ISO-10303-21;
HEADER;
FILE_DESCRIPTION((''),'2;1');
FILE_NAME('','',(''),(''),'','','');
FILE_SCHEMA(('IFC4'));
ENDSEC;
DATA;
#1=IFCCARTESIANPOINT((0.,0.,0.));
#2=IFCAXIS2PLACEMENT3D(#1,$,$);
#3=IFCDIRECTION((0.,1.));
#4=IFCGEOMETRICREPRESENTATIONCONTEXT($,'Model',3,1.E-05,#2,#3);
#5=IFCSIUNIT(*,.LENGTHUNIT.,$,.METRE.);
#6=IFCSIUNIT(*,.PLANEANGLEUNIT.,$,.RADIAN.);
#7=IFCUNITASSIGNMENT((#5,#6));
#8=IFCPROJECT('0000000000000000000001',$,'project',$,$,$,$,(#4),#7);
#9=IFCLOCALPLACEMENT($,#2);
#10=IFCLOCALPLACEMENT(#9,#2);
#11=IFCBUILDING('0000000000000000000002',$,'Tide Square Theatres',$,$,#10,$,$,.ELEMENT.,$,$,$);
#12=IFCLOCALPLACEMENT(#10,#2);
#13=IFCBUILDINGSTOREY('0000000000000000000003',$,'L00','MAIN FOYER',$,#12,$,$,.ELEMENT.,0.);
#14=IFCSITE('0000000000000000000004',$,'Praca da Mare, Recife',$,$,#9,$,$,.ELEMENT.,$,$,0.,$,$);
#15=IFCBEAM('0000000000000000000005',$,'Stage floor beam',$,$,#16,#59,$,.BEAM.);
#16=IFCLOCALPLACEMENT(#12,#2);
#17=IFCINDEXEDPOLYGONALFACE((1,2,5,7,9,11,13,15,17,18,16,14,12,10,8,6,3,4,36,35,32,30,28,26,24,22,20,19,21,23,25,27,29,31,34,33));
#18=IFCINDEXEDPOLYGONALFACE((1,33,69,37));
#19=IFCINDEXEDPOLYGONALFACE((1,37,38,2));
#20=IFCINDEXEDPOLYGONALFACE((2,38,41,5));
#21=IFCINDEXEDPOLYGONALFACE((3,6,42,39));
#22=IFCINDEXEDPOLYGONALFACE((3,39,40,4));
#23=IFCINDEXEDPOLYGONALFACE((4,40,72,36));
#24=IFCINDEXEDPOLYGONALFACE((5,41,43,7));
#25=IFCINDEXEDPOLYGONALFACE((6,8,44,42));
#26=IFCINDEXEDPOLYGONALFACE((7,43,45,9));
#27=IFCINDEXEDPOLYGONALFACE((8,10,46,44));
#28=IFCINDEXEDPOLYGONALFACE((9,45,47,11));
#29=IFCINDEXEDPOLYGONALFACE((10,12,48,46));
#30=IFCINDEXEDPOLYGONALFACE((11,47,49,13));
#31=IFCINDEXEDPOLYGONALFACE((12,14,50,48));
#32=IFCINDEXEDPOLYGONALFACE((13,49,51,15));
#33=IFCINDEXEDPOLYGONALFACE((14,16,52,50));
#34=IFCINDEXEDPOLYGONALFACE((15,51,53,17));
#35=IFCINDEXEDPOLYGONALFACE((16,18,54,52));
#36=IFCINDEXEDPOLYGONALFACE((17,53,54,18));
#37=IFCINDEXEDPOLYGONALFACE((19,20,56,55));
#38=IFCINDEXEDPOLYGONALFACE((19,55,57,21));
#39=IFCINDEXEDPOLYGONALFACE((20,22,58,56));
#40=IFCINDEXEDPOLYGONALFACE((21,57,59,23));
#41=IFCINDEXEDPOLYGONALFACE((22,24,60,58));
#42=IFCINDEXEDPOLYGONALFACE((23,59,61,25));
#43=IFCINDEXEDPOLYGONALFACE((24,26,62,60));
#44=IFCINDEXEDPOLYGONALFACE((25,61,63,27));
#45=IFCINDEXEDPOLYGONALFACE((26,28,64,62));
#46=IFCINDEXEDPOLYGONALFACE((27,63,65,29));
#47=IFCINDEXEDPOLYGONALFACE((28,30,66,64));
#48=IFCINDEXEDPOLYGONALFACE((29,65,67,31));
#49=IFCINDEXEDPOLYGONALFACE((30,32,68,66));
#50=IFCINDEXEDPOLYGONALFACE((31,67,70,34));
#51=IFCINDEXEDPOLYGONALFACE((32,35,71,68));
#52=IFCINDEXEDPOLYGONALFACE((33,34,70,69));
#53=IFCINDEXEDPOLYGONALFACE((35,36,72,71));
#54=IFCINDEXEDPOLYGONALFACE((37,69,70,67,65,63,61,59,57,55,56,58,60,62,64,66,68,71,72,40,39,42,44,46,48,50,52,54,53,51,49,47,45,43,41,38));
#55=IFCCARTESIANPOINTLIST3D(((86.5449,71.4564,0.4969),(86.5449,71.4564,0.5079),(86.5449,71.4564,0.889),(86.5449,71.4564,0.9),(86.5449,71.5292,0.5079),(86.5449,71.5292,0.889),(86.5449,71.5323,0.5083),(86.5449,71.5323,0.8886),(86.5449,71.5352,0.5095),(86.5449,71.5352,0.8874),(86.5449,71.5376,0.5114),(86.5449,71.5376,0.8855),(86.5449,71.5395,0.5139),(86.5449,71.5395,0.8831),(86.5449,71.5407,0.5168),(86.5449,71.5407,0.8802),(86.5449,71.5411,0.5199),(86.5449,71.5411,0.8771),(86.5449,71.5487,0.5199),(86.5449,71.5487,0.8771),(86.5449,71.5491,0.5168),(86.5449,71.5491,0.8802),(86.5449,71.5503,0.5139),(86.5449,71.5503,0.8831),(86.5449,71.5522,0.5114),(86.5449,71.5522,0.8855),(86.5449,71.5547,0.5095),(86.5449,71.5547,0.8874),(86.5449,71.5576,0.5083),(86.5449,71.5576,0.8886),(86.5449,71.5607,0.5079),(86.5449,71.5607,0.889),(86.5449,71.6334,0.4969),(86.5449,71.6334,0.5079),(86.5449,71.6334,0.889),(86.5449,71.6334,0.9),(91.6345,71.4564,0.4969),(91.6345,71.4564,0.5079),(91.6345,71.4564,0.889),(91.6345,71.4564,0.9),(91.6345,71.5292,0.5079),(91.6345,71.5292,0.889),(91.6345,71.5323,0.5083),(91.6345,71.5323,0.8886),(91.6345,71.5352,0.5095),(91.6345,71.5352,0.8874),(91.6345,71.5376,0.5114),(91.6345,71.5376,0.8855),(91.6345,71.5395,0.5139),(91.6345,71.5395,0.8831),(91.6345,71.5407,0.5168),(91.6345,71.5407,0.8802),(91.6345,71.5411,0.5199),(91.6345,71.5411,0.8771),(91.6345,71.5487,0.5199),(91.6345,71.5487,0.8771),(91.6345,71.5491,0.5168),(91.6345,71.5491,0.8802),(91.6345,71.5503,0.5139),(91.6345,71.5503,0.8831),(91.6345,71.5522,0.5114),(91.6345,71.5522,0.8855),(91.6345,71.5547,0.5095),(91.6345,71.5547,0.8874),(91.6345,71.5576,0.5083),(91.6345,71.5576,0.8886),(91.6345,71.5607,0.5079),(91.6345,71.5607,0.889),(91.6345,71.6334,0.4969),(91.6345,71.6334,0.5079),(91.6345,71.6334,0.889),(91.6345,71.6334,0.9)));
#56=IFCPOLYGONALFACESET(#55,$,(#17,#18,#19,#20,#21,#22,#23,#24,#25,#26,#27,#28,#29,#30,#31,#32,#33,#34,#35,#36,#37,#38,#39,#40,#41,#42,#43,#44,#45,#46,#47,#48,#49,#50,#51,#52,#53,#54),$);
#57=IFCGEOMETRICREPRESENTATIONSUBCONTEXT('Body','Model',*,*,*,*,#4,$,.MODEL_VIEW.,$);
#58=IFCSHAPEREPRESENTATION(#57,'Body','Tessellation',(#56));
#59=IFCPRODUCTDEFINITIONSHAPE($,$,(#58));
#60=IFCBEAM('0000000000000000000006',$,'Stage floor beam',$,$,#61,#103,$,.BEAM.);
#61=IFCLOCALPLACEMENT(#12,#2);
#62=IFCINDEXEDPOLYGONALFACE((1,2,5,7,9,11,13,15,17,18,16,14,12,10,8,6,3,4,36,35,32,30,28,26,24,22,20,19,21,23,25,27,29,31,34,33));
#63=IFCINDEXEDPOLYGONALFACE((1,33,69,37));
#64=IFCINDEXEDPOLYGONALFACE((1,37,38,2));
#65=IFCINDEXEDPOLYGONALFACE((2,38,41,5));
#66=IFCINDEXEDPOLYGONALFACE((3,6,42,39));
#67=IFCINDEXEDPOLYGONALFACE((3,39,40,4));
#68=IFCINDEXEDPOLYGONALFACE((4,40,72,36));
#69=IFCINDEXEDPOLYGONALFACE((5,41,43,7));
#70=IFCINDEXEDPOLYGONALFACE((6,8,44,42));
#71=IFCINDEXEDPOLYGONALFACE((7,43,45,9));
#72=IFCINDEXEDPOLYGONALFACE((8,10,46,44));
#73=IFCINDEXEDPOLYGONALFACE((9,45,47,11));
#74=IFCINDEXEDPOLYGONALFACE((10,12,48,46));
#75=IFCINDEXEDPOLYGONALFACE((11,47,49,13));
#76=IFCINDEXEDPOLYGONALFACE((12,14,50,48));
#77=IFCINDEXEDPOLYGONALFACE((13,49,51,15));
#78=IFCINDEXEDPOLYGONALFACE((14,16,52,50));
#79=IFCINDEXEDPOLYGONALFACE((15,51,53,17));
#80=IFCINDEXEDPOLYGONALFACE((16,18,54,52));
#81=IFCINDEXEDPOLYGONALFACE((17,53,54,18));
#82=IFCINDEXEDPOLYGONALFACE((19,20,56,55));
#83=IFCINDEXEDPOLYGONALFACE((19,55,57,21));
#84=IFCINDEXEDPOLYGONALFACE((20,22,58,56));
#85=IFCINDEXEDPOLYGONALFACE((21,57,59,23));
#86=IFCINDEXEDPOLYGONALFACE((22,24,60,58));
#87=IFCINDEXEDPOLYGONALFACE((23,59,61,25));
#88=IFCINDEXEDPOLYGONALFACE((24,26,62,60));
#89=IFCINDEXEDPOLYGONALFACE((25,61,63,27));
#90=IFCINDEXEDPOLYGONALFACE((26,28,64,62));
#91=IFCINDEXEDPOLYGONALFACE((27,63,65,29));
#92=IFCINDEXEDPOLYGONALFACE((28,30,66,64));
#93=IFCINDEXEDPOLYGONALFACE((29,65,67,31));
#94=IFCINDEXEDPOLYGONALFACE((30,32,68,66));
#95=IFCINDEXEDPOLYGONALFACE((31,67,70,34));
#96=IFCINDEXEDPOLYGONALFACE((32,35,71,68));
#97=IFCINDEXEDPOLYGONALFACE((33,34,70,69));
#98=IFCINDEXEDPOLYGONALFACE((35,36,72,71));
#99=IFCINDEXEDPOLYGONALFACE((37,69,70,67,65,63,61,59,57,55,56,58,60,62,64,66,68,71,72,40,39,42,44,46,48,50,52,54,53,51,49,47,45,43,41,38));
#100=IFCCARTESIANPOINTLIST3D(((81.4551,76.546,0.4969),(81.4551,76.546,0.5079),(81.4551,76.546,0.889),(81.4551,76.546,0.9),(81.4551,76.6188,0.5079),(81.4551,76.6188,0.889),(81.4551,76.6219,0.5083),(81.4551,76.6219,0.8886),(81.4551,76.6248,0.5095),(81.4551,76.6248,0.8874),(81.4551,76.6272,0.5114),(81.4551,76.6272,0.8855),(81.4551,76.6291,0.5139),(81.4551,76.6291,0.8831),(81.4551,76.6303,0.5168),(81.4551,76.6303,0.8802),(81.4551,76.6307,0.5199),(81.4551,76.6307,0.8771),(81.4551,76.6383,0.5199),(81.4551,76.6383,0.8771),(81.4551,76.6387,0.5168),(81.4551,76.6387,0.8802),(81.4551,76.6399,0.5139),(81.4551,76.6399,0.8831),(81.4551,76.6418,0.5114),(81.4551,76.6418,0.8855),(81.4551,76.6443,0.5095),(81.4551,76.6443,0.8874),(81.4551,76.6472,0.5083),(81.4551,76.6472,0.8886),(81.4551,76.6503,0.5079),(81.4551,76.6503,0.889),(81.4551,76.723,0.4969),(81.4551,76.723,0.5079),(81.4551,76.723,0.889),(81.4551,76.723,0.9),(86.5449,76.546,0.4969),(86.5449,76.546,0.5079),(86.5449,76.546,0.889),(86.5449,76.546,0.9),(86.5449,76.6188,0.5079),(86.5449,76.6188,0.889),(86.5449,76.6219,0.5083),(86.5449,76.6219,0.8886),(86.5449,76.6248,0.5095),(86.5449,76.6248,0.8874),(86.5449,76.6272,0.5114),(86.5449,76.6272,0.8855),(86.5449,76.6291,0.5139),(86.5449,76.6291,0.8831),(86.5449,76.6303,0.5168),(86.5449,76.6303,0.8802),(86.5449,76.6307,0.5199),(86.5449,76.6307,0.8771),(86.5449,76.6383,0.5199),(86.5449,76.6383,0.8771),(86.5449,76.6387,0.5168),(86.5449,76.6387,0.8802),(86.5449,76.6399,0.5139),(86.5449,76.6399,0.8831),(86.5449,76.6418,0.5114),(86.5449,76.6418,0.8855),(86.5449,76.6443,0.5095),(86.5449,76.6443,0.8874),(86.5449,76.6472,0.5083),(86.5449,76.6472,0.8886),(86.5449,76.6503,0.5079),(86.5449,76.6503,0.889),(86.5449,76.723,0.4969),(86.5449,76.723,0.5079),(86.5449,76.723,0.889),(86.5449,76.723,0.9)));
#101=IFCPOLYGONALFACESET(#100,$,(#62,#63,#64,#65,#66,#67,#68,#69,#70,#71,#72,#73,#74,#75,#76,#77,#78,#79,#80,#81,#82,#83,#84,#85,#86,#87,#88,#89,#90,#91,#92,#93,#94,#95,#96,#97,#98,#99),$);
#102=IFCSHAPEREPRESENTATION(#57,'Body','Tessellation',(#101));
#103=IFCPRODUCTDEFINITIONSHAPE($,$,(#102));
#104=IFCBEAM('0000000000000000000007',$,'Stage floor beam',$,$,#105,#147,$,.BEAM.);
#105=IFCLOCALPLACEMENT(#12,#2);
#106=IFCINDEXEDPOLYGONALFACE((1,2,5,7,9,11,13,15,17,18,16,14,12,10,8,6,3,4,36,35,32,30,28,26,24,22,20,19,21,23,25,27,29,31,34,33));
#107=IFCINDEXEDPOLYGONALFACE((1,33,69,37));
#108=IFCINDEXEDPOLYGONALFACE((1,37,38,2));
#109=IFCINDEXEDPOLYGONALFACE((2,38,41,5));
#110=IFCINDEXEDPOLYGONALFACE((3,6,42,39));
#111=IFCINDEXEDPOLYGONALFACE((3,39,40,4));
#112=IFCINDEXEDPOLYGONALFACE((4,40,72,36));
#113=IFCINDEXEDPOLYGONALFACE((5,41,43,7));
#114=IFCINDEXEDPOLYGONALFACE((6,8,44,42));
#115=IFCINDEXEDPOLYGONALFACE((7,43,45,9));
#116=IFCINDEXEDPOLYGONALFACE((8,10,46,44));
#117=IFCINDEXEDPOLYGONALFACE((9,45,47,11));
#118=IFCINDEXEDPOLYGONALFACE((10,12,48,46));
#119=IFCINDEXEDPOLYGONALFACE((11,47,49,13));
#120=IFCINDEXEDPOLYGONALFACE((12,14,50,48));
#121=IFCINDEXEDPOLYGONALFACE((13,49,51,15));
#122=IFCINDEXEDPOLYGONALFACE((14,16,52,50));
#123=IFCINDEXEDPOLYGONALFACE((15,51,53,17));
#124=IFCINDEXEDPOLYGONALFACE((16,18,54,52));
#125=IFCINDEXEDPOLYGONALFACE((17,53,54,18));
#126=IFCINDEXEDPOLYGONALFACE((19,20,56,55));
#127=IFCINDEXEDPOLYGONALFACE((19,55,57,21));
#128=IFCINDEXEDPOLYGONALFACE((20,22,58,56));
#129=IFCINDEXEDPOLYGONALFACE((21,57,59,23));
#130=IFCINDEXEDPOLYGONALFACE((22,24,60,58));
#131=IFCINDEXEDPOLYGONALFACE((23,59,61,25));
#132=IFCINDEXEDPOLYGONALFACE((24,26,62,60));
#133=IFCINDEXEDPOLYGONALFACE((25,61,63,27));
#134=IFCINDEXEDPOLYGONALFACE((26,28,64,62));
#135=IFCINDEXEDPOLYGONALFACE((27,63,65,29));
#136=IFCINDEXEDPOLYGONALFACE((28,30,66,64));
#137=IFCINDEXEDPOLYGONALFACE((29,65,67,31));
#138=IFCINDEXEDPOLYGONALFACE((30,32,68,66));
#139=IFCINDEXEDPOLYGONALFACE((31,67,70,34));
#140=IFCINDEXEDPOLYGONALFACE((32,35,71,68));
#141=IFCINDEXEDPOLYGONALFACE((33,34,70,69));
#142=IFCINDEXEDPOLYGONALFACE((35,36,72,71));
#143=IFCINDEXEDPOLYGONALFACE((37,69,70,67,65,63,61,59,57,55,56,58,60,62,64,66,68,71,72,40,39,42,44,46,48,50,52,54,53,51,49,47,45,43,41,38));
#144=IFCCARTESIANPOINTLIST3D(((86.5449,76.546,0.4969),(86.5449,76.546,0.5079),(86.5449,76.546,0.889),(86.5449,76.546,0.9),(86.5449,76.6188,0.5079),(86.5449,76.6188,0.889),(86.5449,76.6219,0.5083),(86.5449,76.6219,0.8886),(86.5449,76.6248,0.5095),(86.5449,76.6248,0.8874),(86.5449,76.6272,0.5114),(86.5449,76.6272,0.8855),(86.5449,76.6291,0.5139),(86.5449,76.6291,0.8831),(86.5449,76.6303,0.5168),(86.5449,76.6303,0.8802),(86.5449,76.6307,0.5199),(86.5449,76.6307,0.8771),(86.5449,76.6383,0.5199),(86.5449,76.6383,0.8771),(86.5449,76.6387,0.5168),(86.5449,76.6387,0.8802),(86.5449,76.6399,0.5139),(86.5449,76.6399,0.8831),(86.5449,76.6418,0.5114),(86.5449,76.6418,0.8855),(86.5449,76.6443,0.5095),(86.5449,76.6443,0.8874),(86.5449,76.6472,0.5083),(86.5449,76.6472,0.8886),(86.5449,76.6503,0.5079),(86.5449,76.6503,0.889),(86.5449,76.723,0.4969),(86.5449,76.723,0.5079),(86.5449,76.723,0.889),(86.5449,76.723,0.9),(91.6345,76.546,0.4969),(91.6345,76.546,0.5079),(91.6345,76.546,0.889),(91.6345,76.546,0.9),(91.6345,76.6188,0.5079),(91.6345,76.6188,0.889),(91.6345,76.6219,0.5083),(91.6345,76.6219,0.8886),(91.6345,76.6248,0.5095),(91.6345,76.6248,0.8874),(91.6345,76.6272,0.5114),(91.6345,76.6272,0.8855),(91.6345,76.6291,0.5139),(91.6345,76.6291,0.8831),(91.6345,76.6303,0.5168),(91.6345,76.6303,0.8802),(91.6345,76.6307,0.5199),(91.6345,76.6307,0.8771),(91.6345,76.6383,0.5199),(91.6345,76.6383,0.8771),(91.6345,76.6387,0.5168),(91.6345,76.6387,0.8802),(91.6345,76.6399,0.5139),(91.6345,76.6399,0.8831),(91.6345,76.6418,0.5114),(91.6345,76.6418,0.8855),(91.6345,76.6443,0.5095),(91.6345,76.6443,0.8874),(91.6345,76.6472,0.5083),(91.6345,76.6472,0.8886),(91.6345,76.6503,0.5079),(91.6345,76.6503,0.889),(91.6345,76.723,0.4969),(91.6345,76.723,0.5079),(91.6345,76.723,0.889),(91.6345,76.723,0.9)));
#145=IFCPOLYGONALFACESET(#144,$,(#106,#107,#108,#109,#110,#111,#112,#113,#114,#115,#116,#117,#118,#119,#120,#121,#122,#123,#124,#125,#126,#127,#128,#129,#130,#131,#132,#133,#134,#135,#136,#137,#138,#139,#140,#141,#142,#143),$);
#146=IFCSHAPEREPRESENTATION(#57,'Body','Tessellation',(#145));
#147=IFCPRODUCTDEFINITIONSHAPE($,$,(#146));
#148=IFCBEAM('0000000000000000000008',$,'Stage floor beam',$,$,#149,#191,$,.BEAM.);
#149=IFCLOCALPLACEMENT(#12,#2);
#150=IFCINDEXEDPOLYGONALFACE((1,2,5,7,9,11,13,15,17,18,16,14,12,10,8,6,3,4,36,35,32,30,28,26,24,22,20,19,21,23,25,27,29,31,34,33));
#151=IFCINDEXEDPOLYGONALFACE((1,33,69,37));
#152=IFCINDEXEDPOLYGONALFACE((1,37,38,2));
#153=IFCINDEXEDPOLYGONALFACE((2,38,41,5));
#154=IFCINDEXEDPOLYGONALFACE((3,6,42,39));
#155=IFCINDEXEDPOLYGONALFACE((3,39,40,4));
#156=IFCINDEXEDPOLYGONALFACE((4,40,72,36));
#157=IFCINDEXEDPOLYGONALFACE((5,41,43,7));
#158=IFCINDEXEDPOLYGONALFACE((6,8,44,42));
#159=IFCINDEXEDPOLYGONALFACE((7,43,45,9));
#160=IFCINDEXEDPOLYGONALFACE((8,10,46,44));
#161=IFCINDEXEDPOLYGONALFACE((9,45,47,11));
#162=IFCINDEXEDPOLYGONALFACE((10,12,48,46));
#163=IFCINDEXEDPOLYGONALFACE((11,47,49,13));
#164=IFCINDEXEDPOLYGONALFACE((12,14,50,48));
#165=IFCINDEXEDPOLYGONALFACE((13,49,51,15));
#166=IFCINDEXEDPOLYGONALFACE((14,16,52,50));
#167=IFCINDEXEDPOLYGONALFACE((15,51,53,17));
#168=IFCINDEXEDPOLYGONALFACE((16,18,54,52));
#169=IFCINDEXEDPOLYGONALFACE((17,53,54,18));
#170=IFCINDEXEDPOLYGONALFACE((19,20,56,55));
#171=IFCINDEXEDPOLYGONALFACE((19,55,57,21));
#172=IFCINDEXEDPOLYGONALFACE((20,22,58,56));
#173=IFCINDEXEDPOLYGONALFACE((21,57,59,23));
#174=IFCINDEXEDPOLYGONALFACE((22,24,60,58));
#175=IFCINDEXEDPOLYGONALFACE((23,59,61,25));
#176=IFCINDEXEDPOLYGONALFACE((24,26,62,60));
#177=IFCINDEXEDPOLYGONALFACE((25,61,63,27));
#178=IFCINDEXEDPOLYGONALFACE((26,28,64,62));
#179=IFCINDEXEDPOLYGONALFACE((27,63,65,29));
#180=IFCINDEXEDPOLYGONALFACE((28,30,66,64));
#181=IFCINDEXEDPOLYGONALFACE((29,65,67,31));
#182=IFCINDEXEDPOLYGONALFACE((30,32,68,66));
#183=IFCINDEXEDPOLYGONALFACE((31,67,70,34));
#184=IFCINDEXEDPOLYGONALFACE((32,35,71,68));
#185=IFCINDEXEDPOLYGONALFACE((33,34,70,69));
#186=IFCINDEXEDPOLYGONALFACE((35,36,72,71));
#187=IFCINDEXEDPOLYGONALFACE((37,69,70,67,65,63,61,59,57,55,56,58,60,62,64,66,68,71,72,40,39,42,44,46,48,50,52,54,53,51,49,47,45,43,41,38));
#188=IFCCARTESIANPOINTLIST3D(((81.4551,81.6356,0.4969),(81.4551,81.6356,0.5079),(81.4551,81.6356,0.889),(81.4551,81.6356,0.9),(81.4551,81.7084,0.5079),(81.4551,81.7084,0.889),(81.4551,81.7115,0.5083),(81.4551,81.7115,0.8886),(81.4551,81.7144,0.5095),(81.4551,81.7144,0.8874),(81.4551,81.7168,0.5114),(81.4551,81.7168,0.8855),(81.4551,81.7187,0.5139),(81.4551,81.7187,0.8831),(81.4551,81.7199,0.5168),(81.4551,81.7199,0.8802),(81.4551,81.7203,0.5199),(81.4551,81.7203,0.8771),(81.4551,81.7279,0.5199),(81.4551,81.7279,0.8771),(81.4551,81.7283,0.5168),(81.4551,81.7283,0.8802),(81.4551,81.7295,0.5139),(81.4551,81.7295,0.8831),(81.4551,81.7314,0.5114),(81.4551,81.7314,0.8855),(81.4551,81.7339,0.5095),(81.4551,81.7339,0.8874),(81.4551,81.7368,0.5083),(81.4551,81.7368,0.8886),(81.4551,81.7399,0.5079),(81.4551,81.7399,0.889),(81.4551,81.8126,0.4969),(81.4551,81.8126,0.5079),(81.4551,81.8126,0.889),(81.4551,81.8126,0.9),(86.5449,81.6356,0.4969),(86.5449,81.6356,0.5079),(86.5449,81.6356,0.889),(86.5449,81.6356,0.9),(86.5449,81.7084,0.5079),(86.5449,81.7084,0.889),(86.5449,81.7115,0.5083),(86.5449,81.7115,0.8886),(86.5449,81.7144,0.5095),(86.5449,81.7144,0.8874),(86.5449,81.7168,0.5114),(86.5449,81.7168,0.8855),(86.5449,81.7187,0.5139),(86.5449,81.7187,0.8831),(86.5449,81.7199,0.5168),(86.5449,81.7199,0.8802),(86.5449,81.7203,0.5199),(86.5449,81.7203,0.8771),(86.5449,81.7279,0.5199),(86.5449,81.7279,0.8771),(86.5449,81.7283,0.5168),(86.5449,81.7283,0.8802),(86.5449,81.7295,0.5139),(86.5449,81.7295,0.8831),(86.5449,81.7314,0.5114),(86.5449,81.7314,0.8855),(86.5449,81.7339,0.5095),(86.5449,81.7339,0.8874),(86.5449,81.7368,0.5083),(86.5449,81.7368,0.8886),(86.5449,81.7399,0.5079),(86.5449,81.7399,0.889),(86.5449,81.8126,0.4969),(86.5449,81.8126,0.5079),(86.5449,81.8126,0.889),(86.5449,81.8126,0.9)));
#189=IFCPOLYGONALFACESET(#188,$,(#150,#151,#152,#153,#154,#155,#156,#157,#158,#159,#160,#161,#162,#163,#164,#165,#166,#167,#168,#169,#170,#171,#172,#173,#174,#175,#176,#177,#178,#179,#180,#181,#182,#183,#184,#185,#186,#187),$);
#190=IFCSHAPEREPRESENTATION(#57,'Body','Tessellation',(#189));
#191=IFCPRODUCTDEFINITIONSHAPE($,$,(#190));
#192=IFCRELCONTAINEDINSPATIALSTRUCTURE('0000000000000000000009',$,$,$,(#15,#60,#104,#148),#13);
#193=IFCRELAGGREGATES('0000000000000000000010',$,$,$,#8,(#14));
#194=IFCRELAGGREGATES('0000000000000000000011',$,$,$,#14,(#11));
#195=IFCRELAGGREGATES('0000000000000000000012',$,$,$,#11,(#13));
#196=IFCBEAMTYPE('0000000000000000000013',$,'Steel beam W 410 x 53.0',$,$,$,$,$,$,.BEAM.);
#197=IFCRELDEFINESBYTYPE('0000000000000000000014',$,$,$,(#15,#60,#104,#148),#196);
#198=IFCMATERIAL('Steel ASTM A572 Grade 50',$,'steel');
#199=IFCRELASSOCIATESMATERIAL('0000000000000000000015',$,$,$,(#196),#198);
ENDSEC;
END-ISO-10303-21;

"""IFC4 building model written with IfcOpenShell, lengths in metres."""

from ifc_helpers import new_model, si_unit, direction, frame, origin, origin_2d, place, context, subcontext, project, spatial, i_section, extrude, material, material_profile, profile_set, type_object, element, save


model = new_model("IFC4")

# Units and contexts
model_context = context("Model", 3, precision=1e-05, world=origin(), true_north=direction((0.0, 1.0)))
body_context = subcontext(model_context, "Body", "Model", "MODEL_VIEW")
ifc_project = project(units=[si_unit("LENGTHUNIT", "METRE"), si_unit("PLANEANGLEUNIT", "RADIAN")], contexts=[model_context])

# Site, building, storey
site_placement = place(None, origin())
site = spatial("IfcSite", under=ifc_project, at=site_placement, Name="Praca da Mare, Recife", CompositionType="ELEMENT", RefElevation=0.0)
building_placement = place(site_placement, origin())
building = spatial("IfcBuilding", under=site, at=building_placement, Name="Tide Square Theatres", CompositionType="ELEMENT")
storey_placement = place(building_placement, origin())
storey = spatial("IfcBuildingStorey", under=building, at=storey_placement, Name="L00", Description="MAIN FOYER", CompositionType="ELEMENT", Elevation=0.0)

# Beams
ifc_material_1 = material(Name="Steel ASTM A572 Grade 50", Category="steel")
ifc_material_profile_1 = material_profile(ifc_material_1, i_section(OverallWidth=0.177, OverallDepth=0.4031, WebThickness=0.0076, FlangeThickness=0.011, FilletRadius=0.012, at=origin_2d()))
ifc_profile_set_1 = profile_set([ifc_material_profile_1], Name="Steel ASTM A572 Grade 50")
beam_type = type_object("IfcBeamType", Name="Steel beam W 410 x 53.0", PredefinedType="BEAM", material=ifc_profile_set_1)
beam_1_placement = place(storey_placement, frame((86.5449, 71.5449, 0.6985), z_axis=(1.0, 0.0, 0.0), x_axis=(0.0, 1.0, 0.0)))
element("IfcBeam", 1, at=beam_1_placement, inside=storey, type_object=beam_type, Name="Stage floor beam", PredefinedType="BEAM", context=body_context, shape_type="SweptSolid", body=[
    extrude(i_section(OverallWidth=0.177, OverallDepth=0.4031, WebThickness=0.0076, FlangeThickness=0.011, FilletRadius=0.012, at=origin_2d()), origin(), (0.0, 0.0, 1.0), 5.0896),
])
beam_2_placement = place(storey_placement, frame((81.4551, 76.6345, 0.6985), z_axis=(1.0, 0.0, 0.0), x_axis=(0.0, 1.0, 0.0)))
element("IfcBeam", 2, at=beam_2_placement, inside=storey, type_object=beam_type, Name="Stage floor beam", PredefinedType="BEAM", context=body_context, shape_type="SweptSolid", body=[
    extrude(i_section(OverallWidth=0.177, OverallDepth=0.4031, WebThickness=0.0076, FlangeThickness=0.011, FilletRadius=0.012, at=origin_2d()), origin(), (0.0, 0.0, 1.0), 5.0898),
])
beam_3_placement = place(storey_placement, frame((86.5449, 76.6345, 0.6985), z_axis=(1.0, 0.0, 0.0), x_axis=(0.0, 1.0, 0.0)))
element("IfcBeam", 3, at=beam_3_placement, inside=storey, type_object=beam_type, Name="Stage floor beam", PredefinedType="BEAM", context=body_context, shape_type="SweptSolid", body=[
    extrude(i_section(OverallWidth=0.177, OverallDepth=0.4031, WebThickness=0.0076, FlangeThickness=0.011, FilletRadius=0.012, at=origin_2d()), origin(), (0.0, 0.0, 1.0), 5.0896),
])
beam_4_placement = place(storey_placement, frame((81.4551, 81.7241, 0.6985), z_axis=(1.0, 0.0, 0.0), x_axis=(0.0, 1.0, 0.0)))
element("IfcBeam", 4, at=beam_4_placement, inside=storey, type_object=beam_type, Name="Stage floor beam", PredefinedType="BEAM", context=body_context, shape_type="SweptSolid", body=[
    extrude(i_section(OverallWidth=0.177, OverallDepth=0.4031, WebThickness=0.0076, FlangeThickness=0.011, FilletRadius=0.012, at=origin_2d()), origin(), (0.0, 0.0, 1.0), 5.0898),
])

save(model, "model.ifc")
